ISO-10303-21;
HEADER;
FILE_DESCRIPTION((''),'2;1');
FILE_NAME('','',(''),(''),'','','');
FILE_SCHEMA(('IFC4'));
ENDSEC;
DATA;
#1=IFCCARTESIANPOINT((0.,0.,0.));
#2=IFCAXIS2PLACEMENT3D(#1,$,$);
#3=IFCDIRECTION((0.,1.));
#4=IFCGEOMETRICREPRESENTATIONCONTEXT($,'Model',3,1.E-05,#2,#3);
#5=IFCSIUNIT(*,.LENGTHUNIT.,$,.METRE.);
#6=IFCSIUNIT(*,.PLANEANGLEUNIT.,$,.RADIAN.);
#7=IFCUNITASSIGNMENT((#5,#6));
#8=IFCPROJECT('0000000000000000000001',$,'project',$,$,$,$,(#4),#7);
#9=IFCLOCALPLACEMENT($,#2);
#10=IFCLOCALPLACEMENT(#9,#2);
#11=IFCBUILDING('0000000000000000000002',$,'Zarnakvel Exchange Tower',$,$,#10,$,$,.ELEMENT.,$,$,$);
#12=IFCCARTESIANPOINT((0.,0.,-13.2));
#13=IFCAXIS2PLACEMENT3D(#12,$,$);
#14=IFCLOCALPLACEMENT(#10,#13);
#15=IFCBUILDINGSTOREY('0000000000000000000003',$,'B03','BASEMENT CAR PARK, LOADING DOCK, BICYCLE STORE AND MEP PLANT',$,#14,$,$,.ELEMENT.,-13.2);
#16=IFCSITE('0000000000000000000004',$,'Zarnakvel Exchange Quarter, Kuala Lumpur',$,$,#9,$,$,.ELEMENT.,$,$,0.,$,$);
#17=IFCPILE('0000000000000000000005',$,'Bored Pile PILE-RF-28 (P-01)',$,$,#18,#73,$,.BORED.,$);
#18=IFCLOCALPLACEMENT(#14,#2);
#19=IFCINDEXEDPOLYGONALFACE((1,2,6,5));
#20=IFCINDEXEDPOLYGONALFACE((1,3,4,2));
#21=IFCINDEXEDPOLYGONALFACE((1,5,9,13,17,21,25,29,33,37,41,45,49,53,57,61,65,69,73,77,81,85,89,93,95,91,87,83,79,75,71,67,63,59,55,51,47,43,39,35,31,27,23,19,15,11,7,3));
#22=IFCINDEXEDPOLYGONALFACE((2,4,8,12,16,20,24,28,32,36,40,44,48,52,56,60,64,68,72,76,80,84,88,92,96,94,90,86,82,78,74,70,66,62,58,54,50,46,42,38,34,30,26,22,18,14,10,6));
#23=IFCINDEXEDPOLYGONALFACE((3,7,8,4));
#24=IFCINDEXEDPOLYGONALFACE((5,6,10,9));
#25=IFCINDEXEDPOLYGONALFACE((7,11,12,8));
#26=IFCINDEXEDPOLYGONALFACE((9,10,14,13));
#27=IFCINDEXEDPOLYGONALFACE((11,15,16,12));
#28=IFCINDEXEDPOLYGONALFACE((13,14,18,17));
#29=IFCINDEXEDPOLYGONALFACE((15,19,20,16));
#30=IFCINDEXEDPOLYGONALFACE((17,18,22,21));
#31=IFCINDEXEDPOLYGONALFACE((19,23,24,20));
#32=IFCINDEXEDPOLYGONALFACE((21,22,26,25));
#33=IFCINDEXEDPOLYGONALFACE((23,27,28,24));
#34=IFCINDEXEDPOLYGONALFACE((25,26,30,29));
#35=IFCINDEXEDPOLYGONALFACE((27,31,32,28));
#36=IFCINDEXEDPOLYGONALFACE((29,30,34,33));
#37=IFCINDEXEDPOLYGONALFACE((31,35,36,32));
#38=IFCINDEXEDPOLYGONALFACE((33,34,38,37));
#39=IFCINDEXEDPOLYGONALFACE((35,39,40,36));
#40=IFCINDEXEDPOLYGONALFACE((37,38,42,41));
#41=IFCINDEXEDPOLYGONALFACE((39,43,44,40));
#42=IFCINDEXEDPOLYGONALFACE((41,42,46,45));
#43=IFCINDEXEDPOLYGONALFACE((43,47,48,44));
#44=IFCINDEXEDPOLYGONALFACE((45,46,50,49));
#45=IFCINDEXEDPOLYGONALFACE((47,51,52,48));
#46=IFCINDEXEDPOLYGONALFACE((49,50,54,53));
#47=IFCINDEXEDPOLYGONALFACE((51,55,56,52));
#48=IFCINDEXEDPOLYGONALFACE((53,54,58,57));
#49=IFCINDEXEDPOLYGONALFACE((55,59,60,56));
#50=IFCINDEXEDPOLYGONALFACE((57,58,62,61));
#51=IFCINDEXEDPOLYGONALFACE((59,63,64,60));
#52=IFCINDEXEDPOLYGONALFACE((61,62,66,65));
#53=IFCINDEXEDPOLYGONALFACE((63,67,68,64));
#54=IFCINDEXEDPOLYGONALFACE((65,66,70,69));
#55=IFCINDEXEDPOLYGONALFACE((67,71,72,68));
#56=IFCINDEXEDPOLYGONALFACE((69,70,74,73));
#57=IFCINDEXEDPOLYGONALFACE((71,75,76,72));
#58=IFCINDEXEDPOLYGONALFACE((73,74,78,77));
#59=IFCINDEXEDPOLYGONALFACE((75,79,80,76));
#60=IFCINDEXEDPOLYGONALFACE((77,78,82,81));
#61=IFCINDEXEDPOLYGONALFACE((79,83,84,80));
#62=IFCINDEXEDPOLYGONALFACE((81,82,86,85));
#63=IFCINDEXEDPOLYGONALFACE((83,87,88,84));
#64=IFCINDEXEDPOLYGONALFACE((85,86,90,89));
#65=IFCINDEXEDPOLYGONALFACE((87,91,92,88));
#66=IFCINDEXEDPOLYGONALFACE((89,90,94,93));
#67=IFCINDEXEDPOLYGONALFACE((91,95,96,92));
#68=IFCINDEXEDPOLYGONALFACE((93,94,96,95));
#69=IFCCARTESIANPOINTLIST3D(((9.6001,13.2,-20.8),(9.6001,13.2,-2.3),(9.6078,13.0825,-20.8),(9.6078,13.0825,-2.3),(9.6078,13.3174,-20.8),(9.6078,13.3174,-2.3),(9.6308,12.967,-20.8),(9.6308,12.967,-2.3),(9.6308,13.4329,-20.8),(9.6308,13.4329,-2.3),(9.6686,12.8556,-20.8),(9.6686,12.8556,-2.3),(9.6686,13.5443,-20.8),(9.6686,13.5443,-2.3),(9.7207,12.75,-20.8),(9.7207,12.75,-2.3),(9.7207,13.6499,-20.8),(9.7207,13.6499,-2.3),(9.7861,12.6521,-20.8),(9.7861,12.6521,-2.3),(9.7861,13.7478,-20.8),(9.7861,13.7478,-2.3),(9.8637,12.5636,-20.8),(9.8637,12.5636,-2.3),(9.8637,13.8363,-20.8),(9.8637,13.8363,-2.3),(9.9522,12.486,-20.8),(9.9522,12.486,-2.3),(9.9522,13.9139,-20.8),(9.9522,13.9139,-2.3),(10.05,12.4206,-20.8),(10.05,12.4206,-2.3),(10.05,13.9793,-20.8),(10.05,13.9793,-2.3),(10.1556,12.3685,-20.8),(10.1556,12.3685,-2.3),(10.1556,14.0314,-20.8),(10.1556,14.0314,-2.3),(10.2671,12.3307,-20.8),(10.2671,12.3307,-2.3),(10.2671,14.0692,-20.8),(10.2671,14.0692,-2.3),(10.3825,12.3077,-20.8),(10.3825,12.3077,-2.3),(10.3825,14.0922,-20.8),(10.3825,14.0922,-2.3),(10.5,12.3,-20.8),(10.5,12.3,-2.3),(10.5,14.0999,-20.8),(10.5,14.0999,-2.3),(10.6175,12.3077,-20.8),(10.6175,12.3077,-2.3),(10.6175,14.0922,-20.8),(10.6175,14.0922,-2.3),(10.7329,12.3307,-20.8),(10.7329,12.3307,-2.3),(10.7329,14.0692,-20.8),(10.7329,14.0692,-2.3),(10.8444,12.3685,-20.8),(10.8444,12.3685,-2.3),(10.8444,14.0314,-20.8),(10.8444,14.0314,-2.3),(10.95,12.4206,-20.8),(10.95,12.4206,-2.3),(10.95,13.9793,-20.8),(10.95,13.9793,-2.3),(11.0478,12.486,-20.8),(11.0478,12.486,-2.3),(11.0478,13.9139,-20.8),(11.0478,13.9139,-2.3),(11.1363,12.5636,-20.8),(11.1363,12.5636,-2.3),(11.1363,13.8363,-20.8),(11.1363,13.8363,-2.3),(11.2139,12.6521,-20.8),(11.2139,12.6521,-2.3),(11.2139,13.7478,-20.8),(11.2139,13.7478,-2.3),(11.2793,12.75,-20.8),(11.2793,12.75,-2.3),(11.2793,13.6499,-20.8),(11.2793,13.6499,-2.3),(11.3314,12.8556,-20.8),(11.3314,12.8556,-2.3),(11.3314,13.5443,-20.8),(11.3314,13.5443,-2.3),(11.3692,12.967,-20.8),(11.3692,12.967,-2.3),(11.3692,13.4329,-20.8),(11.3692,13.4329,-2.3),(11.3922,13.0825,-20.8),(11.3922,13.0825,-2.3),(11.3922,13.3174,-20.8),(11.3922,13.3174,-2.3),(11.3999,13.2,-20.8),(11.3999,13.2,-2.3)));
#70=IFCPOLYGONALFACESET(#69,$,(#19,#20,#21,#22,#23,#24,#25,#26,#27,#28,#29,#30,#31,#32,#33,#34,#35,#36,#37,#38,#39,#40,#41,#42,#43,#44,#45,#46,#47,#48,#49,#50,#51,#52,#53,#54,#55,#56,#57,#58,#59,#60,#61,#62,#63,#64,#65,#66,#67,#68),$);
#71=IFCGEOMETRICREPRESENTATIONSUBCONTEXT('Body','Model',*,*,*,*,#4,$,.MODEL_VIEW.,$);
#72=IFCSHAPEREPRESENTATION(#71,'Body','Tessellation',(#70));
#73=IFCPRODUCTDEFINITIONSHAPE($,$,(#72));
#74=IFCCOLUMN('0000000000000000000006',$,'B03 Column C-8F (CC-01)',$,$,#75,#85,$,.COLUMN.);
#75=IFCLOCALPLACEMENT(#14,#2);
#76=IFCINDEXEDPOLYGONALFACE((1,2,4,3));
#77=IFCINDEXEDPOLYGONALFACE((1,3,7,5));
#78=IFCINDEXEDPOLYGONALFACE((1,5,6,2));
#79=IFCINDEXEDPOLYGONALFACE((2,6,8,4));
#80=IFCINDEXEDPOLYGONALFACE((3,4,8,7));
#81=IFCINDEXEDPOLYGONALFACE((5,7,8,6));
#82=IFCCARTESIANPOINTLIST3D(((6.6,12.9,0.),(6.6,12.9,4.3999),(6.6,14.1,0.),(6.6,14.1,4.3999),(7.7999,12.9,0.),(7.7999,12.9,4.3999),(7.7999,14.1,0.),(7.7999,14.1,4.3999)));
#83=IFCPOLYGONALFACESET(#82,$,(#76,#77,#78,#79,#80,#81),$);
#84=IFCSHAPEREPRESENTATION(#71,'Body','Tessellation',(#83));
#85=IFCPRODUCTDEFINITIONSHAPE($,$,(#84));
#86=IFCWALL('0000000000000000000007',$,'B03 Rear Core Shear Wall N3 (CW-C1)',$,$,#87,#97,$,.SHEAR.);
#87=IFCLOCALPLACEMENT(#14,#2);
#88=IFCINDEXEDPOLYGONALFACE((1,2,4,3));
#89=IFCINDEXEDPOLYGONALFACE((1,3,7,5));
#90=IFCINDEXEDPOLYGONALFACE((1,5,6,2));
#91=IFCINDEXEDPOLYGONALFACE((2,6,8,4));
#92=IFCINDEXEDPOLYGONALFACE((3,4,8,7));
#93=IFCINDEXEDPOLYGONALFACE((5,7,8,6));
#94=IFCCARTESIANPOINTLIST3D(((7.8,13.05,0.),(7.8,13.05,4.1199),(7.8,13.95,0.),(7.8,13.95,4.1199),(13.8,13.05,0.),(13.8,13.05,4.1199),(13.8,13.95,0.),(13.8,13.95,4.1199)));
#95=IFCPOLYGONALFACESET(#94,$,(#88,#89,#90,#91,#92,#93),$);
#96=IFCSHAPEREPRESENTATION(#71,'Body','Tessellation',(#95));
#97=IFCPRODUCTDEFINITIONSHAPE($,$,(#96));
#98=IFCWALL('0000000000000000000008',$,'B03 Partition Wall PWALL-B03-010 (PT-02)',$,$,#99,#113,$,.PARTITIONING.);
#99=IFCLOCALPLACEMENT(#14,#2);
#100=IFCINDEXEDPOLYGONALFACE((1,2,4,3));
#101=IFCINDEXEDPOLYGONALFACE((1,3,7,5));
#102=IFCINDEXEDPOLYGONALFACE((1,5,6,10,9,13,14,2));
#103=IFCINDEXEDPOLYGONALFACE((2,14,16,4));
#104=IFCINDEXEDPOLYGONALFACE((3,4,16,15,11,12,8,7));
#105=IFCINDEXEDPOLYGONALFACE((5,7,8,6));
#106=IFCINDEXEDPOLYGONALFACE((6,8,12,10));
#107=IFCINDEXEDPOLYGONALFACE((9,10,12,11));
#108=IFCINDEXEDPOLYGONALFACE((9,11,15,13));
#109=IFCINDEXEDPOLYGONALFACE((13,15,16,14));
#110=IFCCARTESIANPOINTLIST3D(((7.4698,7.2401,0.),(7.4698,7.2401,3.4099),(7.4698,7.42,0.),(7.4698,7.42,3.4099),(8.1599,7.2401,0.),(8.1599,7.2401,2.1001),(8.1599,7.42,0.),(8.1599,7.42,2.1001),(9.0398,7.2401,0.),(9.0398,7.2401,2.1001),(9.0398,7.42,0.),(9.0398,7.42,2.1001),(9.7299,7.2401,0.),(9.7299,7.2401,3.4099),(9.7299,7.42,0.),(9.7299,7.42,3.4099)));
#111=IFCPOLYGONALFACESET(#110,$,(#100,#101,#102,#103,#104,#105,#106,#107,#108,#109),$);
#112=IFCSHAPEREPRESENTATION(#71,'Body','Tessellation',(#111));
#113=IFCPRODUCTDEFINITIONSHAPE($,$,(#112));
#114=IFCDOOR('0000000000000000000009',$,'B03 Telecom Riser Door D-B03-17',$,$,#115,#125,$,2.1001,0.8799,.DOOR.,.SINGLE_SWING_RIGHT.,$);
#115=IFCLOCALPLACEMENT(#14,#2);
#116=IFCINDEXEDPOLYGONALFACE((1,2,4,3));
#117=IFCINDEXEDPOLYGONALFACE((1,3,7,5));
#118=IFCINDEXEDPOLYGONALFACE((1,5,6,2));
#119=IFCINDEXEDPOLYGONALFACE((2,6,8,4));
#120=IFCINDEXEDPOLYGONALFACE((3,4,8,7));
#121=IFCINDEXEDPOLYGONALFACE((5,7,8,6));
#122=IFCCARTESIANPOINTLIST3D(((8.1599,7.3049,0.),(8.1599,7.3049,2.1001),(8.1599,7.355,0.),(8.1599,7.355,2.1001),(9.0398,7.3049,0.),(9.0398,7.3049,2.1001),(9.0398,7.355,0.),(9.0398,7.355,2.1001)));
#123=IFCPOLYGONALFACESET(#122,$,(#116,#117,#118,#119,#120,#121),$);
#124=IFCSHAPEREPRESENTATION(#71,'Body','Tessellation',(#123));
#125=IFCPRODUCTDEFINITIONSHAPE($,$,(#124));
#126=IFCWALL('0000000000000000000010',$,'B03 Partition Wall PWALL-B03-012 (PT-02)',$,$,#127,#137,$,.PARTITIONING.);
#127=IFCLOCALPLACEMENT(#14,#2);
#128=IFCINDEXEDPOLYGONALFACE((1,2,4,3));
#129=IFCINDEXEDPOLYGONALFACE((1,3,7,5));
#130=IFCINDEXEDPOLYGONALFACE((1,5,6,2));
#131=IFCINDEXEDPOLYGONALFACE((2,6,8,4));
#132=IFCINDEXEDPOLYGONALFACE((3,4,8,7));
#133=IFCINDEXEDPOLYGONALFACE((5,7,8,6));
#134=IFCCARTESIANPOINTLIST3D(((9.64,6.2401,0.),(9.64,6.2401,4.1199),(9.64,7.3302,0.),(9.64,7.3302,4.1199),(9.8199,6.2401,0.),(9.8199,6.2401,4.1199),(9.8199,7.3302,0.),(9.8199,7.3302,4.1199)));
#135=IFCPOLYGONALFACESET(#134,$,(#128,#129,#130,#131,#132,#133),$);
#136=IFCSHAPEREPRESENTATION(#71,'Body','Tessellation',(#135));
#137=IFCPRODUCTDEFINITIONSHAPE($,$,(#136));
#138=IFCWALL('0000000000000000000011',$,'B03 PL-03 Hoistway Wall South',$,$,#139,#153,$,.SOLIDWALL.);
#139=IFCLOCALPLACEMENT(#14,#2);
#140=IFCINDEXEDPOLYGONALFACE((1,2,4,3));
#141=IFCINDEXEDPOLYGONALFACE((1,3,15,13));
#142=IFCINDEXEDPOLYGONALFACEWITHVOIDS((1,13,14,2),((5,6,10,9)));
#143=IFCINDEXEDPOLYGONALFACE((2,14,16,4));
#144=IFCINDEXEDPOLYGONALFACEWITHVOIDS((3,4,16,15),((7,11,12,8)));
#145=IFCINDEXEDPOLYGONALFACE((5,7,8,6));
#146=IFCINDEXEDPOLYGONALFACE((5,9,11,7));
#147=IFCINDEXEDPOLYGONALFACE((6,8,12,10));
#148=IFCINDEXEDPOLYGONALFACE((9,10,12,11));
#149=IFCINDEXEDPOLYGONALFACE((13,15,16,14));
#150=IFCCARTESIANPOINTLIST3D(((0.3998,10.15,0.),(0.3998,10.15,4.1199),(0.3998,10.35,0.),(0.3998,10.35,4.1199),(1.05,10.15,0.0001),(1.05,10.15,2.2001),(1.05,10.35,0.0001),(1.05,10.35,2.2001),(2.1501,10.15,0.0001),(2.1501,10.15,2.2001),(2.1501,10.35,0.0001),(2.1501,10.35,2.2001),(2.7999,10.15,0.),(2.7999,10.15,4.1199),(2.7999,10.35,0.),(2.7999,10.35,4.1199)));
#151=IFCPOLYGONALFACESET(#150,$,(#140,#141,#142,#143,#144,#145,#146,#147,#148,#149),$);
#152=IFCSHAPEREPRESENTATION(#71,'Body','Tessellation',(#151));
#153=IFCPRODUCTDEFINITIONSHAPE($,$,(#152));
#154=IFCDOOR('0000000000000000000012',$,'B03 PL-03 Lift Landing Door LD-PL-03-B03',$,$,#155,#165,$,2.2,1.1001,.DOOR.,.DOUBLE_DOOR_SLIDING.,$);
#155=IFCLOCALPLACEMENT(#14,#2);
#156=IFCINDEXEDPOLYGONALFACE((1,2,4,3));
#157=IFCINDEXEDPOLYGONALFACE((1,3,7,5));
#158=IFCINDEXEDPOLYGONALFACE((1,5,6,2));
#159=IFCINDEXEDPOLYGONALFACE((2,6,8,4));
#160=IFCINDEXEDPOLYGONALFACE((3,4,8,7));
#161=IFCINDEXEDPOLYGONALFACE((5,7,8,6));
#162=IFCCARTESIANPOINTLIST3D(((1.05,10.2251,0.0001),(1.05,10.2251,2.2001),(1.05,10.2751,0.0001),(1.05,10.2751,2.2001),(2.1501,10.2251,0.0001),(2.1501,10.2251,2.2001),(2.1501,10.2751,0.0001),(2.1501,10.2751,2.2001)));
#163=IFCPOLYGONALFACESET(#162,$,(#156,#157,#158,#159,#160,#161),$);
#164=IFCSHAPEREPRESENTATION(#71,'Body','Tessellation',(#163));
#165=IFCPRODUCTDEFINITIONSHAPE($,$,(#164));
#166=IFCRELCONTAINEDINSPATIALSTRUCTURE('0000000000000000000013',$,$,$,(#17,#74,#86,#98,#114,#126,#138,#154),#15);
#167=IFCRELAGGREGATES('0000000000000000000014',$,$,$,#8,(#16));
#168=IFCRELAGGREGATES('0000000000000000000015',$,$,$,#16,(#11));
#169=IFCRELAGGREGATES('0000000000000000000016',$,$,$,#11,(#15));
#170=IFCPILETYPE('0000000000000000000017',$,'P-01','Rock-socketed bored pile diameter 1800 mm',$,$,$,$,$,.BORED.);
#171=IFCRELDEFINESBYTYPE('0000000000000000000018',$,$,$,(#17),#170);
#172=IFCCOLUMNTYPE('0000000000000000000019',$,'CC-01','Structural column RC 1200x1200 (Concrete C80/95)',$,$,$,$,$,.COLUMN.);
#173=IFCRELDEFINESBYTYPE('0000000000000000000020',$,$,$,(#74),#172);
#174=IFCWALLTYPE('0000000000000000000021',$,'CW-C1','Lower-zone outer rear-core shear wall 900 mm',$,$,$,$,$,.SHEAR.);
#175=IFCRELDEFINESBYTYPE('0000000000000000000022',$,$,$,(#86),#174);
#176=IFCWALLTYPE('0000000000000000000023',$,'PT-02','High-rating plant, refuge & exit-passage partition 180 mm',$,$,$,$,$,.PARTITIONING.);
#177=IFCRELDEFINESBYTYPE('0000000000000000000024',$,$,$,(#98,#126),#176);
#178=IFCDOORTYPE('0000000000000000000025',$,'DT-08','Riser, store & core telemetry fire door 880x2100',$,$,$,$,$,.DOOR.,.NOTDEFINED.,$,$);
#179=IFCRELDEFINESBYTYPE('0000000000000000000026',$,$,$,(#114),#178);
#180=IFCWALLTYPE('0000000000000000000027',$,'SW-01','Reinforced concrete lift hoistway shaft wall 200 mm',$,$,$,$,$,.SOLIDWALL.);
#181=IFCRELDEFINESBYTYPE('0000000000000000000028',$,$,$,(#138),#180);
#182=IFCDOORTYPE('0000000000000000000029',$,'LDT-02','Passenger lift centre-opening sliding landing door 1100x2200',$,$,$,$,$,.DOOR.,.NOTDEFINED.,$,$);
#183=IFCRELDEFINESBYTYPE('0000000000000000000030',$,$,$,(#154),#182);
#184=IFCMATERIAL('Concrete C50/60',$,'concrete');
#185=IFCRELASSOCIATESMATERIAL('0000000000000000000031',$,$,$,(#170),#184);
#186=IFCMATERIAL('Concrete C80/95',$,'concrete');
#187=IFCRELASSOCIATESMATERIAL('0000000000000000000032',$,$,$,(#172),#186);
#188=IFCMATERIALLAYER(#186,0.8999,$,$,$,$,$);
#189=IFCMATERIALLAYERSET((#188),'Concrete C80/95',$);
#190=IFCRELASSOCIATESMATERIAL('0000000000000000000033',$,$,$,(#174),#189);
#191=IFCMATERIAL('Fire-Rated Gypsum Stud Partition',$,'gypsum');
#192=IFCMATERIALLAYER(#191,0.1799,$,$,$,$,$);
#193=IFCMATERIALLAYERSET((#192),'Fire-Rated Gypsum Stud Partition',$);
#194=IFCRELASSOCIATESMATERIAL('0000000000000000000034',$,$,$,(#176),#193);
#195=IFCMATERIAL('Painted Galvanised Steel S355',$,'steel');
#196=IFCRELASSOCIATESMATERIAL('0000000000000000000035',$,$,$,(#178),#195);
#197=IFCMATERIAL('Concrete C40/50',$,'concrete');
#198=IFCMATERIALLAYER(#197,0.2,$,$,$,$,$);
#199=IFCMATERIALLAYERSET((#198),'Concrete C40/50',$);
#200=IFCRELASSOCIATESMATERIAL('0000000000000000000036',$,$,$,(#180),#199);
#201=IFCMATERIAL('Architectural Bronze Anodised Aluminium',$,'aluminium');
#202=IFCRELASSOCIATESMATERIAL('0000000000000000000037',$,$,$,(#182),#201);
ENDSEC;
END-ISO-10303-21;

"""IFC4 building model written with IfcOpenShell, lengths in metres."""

from ifc_helpers import new_model, si_unit, direction, frame, frame_2d, origin, origin_2d, place, context, subcontext, project, spatial, rectangle, circle, extrude, source, transform, mapped, material, layer, layer_set, material_profile, profile_set, type_object, element, fill, save


model = new_model("IFC4")

# Units and contexts
model_context = context("Model", 3, precision=1e-05, world=origin(), true_north=direction((0.0, 1.0)))
body_context = subcontext(model_context, "Body", "Model", "MODEL_VIEW")
ifc_project = project(units=[si_unit("LENGTHUNIT", "METRE"), si_unit("PLANEANGLEUNIT", "RADIAN")], contexts=[model_context])

# Site, building, storey
site_placement = place(None, origin())
site = spatial("IfcSite", under=ifc_project, at=site_placement, Name="Zarnakvel Exchange Quarter, Kuala Lumpur", CompositionType="ELEMENT", RefElevation=0.0)
building_placement = place(site_placement, origin())
building = spatial("IfcBuilding", under=site, at=building_placement, Name="Zarnakvel Exchange Tower", CompositionType="ELEMENT")
storey_placement = place(building_placement, frame((0.0, 0.0, -13.2)))
storey = spatial("IfcBuildingStorey", under=building, at=storey_placement, Name="B03", Description="BASEMENT CAR PARK, LOADING DOCK, BICYCLE STORE AND MEP PLANT", CompositionType="ELEMENT", Elevation=-13.2)

# Shared definitions
ifc_material_1 = material(Name="Concrete C50/60", Category="concrete")

# Pile
ifc_material_profile_1 = material_profile(ifc_material_1, circle(Radius=0.8999, at=origin_2d()))
ifc_profile_set_1 = profile_set([ifc_material_profile_1], Name="Concrete C50/60")
pile_type = type_object("IfcPileType", Name="P-01", Description="Rock-socketed bored pile diameter 1800 mm", PredefinedType="BORED", material=ifc_profile_set_1)
for number, where, z_axis, x_axis, name in (
    (1, (10.5, 13.2, -2.3), (0.0, 0.0, -1.0), (1.0, 0.0, 0.0), "Bored Pile PILE-RF-28 (P-01)"),
):
    element("IfcPile", number, at=place(storey_placement, frame(where, z_axis=z_axis, x_axis=x_axis)), inside=storey, type_object=pile_type, Name=name, PredefinedType="BORED", context=body_context, shape_type="SweptSolid", body=[
        extrude(circle(Radius=0.8999, at=origin_2d()), origin(), (0.0, 0.0, 1.0), 18.5),
    ])

# Column
ifc_material_2 = material(Name="Concrete C80/95", Category="concrete")
ifc_material_profile_2 = material_profile(ifc_material_2, rectangle(XDim=1.2, YDim=1.2, at=origin_2d()))
ifc_profile_set_2 = profile_set([ifc_material_profile_2], Name="Concrete C80/95")
column_type = type_object("IfcColumnType", Name="CC-01", Description="Structural column RC 1200x1200 (Concrete C80/95)", PredefinedType="COLUMN", material=ifc_profile_set_2)
column_placement = place(storey_placement, frame((7.2, 13.5, 0.0), z_axis=(0.0, 0.0, 1.0), x_axis=(1.0, 0.0, 0.0)))
element("IfcColumn", 2, at=column_placement, inside=storey, type_object=column_type, Name="B03 Column C-8F (CC-01)", PredefinedType="COLUMN", context=body_context, shape_type="SweptSolid", body=[
    extrude(rectangle(XDim=1.2, YDim=1.2, at=origin_2d()), origin(), (0.0, 0.0, 1.0), 4.3999),
])

# Wall
ifc_layer_1 = layer(ifc_material_2, 0.8999)
ifc_layer_set_1 = layer_set([ifc_layer_1], Name="Concrete C80/95")
wall_type_1 = type_object("IfcWallType", Name="CW-C1", Description="Lower-zone outer rear-core shear wall 900 mm", PredefinedType="SHEAR", material=ifc_layer_set_1)
wall_1_placement = place(storey_placement, frame((7.8, 13.5, 0.0), z_axis=(0.0, 0.0, 1.0), x_axis=(1.0, 0.0, 0.0)))
element("IfcWall", 3, at=wall_1_placement, inside=storey, type_object=wall_type_1, Name="B03 Rear Core Shear Wall N3 (CW-C1)", PredefinedType="SHEAR", context=body_context, shape_type="SweptSolid", body=[
    extrude(rectangle(XDim=6.0, YDim=0.8999, at=frame_2d((3.0, 0.0))), origin(), (0.0, 0.0, 1.0), 4.1199),
])

# Wall, opening, door
ifc_material_3 = material(Name="Fire-Rated Gypsum Stud Partition", Category="gypsum")
ifc_layer_2 = layer(ifc_material_3, 0.1799)
ifc_layer_set_2 = layer_set([ifc_layer_2], Name="Fire-Rated Gypsum Stud Partition")
wall_type_2 = type_object("IfcWallType", Name="PT-02", Description="High-rating plant, refuge & exit-passage partition 180 mm", PredefinedType="PARTITIONING", material=ifc_layer_set_2)
wall_2_placement = place(storey_placement, frame((7.47, 7.3301, 0.0), z_axis=(0.0, 0.0, 1.0), x_axis=(1.0, 0.0, 0.0)))
wall_2 = element("IfcWall", 4, at=wall_2_placement, inside=storey, type_object=wall_type_2, Name="B03 Partition Wall PWALL-B03-010 (PT-02)", PredefinedType="PARTITIONING", context=body_context, shape_type="SweptSolid", body=[
    extrude(rectangle(XDim=2.26, YDim=0.1799, at=frame_2d((1.1299, 0.0))), origin(), (0.0, 0.0, 1.0), 3.4099),
])
opening_1_placement = place(wall_2_placement, frame((0.6899, 0.0, 0.0)))
opening_1 = element("IfcOpeningElement", 5, at=opening_1_placement, cuts=wall_2, PredefinedType="OPENING", context=body_context, shape_type="SweptSolid", body=[
    extrude(rectangle(XDim=0.8799, YDim=2.1001, at=frame_2d((0.4399, 1.05))), frame((0.0, 0.0999, 0.0), z_axis=(0.0, -1.0, 0.0), x_axis=(1.0, 0.0, 0.0)), (0.0, 0.0, 1.0), 0.2),
])
ifc_material_4 = material(Name="Painted Galvanised Steel S355", Category="steel")
door_type_1 = type_object("IfcDoorType", Name="DT-08", Description="Riser, store & core telemetry fire door 880x2100", OperationType="NOTDEFINED", PredefinedType="DOOR", material=ifc_material_4)
shared_shape_1 = source(origin(), body_context, "Body", "SweptSolid", [
    extrude(rectangle(XDim=0.8799, YDim=2.1001, at=frame_2d((0.4399, 1.05))), frame((0.0, 0.0249, 0.0), z_axis=(0.0, -1.0, 0.0), x_axis=(1.0, 0.0, 0.0)), (0.0, 0.0, 1.0), 0.05),
])
door_1_placement = place(opening_1_placement, origin())
door_1 = element("IfcDoor", 6, at=door_1_placement, inside=storey, type_object=door_type_1, Name="B03 Telecom Riser Door D-B03-17", OperationType="SINGLE_SWING_RIGHT", OverallHeight=2.1001, OverallWidth=0.8799, PredefinedType="DOOR", context=body_context, shape_type="MappedRepresentation", body=[
    mapped(shared_shape_1, transform((0.0, 0.0, 0.0), x_axis=(1.0, 0.0, 0.0), y_axis=(0.0, 1.0, 0.0), z_axis=(0.0, 0.0, 1.0), scale=1.0)),
])
fill(opening_1, door_1)

# Wall
wall_3_placement = place(storey_placement, frame((9.73, 7.3301, 0.0), z_axis=(0.0, 0.0, 1.0), x_axis=(0.0, -1.0, 0.0)))
element("IfcWall", 7, at=wall_3_placement, inside=storey, type_object=wall_type_2, Name="B03 Partition Wall PWALL-B03-012 (PT-02)", PredefinedType="PARTITIONING", context=body_context, shape_type="SweptSolid", body=[
    extrude(rectangle(XDim=1.0901, YDim=0.1799, at=frame_2d((0.5449, 0.0))), origin(), (0.0, 0.0, 1.0), 4.1199),
])

# Wall, opening, door
ifc_material_5 = material(Name="Concrete C40/50", Category="concrete")
ifc_layer_3 = layer(ifc_material_5, 0.2)
ifc_layer_set_3 = layer_set([ifc_layer_3], Name="Concrete C40/50")
wall_type_3 = type_object("IfcWallType", Name="SW-01", Description="Reinforced concrete lift hoistway shaft wall 200 mm", PredefinedType="SOLIDWALL", material=ifc_layer_set_3)
wall_4_placement = place(storey_placement, frame((2.8, 10.25, 0.0), z_axis=(0.0, 0.0, 1.0), x_axis=(-1.0, 0.0, 0.0)))
wall_4 = element("IfcWall", 8, at=wall_4_placement, inside=storey, type_object=wall_type_3, Name="B03 PL-03 Hoistway Wall South", PredefinedType="SOLIDWALL", context=body_context, shape_type="SweptSolid", body=[
    extrude(rectangle(XDim=2.4001, YDim=0.2, at=frame_2d((1.2002, 0.0))), origin(), (0.0, 0.0, 1.0), 4.1199),
])
opening_2_placement = place(wall_4_placement, frame((0.6499, 0.0, 0.0)))
opening_2 = element("IfcOpeningElement", 9, at=opening_2_placement, cuts=wall_4, PredefinedType="OPENING", context=body_context, shape_type="SweptSolid", body=[
    extrude(rectangle(XDim=1.1001, YDim=2.2, at=frame_2d((0.55, 1.1001))), frame((0.0, 0.1099, 0.0), z_axis=(0.0, -1.0, 0.0), x_axis=(1.0, 0.0, 0.0)), (0.0, 0.0, 1.0), 0.22),
])
ifc_material_6 = material(Name="Architectural Bronze Anodised Aluminium", Category="aluminium")
door_type_2 = type_object("IfcDoorType", Name="LDT-02", Description="Passenger lift centre-opening sliding landing door 1100x2200", OperationType="NOTDEFINED", PredefinedType="DOOR", material=ifc_material_6)
shared_shape_2 = source(origin(), body_context, "Body", "SweptSolid", [
    extrude(rectangle(XDim=1.1001, YDim=2.2, at=frame_2d((0.55, 1.1001))), frame((0.0, 0.0249, 0.0), z_axis=(0.0, -1.0, 0.0), x_axis=(1.0, 0.0, 0.0)), (0.0, 0.0, 1.0), 0.05),
])
door_2_placement = place(opening_2_placement, origin())
door_2 = element("IfcDoor", 10, at=door_2_placement, inside=storey, type_object=door_type_2, Name="B03 PL-03 Lift Landing Door LD-PL-03-B03", OperationType="DOUBLE_DOOR_SLIDING", OverallHeight=2.2, OverallWidth=1.1001, PredefinedType="DOOR", context=body_context, shape_type="MappedRepresentation", body=[
    mapped(shared_shape_2, transform((0.0, 0.0, 0.0), x_axis=(1.0, 0.0, 0.0), y_axis=(0.0, 1.0, 0.0), z_axis=(0.0, 0.0, 1.0), scale=1.0)),
])
fill(opening_2, door_2)

save(model, "model.ifc")
